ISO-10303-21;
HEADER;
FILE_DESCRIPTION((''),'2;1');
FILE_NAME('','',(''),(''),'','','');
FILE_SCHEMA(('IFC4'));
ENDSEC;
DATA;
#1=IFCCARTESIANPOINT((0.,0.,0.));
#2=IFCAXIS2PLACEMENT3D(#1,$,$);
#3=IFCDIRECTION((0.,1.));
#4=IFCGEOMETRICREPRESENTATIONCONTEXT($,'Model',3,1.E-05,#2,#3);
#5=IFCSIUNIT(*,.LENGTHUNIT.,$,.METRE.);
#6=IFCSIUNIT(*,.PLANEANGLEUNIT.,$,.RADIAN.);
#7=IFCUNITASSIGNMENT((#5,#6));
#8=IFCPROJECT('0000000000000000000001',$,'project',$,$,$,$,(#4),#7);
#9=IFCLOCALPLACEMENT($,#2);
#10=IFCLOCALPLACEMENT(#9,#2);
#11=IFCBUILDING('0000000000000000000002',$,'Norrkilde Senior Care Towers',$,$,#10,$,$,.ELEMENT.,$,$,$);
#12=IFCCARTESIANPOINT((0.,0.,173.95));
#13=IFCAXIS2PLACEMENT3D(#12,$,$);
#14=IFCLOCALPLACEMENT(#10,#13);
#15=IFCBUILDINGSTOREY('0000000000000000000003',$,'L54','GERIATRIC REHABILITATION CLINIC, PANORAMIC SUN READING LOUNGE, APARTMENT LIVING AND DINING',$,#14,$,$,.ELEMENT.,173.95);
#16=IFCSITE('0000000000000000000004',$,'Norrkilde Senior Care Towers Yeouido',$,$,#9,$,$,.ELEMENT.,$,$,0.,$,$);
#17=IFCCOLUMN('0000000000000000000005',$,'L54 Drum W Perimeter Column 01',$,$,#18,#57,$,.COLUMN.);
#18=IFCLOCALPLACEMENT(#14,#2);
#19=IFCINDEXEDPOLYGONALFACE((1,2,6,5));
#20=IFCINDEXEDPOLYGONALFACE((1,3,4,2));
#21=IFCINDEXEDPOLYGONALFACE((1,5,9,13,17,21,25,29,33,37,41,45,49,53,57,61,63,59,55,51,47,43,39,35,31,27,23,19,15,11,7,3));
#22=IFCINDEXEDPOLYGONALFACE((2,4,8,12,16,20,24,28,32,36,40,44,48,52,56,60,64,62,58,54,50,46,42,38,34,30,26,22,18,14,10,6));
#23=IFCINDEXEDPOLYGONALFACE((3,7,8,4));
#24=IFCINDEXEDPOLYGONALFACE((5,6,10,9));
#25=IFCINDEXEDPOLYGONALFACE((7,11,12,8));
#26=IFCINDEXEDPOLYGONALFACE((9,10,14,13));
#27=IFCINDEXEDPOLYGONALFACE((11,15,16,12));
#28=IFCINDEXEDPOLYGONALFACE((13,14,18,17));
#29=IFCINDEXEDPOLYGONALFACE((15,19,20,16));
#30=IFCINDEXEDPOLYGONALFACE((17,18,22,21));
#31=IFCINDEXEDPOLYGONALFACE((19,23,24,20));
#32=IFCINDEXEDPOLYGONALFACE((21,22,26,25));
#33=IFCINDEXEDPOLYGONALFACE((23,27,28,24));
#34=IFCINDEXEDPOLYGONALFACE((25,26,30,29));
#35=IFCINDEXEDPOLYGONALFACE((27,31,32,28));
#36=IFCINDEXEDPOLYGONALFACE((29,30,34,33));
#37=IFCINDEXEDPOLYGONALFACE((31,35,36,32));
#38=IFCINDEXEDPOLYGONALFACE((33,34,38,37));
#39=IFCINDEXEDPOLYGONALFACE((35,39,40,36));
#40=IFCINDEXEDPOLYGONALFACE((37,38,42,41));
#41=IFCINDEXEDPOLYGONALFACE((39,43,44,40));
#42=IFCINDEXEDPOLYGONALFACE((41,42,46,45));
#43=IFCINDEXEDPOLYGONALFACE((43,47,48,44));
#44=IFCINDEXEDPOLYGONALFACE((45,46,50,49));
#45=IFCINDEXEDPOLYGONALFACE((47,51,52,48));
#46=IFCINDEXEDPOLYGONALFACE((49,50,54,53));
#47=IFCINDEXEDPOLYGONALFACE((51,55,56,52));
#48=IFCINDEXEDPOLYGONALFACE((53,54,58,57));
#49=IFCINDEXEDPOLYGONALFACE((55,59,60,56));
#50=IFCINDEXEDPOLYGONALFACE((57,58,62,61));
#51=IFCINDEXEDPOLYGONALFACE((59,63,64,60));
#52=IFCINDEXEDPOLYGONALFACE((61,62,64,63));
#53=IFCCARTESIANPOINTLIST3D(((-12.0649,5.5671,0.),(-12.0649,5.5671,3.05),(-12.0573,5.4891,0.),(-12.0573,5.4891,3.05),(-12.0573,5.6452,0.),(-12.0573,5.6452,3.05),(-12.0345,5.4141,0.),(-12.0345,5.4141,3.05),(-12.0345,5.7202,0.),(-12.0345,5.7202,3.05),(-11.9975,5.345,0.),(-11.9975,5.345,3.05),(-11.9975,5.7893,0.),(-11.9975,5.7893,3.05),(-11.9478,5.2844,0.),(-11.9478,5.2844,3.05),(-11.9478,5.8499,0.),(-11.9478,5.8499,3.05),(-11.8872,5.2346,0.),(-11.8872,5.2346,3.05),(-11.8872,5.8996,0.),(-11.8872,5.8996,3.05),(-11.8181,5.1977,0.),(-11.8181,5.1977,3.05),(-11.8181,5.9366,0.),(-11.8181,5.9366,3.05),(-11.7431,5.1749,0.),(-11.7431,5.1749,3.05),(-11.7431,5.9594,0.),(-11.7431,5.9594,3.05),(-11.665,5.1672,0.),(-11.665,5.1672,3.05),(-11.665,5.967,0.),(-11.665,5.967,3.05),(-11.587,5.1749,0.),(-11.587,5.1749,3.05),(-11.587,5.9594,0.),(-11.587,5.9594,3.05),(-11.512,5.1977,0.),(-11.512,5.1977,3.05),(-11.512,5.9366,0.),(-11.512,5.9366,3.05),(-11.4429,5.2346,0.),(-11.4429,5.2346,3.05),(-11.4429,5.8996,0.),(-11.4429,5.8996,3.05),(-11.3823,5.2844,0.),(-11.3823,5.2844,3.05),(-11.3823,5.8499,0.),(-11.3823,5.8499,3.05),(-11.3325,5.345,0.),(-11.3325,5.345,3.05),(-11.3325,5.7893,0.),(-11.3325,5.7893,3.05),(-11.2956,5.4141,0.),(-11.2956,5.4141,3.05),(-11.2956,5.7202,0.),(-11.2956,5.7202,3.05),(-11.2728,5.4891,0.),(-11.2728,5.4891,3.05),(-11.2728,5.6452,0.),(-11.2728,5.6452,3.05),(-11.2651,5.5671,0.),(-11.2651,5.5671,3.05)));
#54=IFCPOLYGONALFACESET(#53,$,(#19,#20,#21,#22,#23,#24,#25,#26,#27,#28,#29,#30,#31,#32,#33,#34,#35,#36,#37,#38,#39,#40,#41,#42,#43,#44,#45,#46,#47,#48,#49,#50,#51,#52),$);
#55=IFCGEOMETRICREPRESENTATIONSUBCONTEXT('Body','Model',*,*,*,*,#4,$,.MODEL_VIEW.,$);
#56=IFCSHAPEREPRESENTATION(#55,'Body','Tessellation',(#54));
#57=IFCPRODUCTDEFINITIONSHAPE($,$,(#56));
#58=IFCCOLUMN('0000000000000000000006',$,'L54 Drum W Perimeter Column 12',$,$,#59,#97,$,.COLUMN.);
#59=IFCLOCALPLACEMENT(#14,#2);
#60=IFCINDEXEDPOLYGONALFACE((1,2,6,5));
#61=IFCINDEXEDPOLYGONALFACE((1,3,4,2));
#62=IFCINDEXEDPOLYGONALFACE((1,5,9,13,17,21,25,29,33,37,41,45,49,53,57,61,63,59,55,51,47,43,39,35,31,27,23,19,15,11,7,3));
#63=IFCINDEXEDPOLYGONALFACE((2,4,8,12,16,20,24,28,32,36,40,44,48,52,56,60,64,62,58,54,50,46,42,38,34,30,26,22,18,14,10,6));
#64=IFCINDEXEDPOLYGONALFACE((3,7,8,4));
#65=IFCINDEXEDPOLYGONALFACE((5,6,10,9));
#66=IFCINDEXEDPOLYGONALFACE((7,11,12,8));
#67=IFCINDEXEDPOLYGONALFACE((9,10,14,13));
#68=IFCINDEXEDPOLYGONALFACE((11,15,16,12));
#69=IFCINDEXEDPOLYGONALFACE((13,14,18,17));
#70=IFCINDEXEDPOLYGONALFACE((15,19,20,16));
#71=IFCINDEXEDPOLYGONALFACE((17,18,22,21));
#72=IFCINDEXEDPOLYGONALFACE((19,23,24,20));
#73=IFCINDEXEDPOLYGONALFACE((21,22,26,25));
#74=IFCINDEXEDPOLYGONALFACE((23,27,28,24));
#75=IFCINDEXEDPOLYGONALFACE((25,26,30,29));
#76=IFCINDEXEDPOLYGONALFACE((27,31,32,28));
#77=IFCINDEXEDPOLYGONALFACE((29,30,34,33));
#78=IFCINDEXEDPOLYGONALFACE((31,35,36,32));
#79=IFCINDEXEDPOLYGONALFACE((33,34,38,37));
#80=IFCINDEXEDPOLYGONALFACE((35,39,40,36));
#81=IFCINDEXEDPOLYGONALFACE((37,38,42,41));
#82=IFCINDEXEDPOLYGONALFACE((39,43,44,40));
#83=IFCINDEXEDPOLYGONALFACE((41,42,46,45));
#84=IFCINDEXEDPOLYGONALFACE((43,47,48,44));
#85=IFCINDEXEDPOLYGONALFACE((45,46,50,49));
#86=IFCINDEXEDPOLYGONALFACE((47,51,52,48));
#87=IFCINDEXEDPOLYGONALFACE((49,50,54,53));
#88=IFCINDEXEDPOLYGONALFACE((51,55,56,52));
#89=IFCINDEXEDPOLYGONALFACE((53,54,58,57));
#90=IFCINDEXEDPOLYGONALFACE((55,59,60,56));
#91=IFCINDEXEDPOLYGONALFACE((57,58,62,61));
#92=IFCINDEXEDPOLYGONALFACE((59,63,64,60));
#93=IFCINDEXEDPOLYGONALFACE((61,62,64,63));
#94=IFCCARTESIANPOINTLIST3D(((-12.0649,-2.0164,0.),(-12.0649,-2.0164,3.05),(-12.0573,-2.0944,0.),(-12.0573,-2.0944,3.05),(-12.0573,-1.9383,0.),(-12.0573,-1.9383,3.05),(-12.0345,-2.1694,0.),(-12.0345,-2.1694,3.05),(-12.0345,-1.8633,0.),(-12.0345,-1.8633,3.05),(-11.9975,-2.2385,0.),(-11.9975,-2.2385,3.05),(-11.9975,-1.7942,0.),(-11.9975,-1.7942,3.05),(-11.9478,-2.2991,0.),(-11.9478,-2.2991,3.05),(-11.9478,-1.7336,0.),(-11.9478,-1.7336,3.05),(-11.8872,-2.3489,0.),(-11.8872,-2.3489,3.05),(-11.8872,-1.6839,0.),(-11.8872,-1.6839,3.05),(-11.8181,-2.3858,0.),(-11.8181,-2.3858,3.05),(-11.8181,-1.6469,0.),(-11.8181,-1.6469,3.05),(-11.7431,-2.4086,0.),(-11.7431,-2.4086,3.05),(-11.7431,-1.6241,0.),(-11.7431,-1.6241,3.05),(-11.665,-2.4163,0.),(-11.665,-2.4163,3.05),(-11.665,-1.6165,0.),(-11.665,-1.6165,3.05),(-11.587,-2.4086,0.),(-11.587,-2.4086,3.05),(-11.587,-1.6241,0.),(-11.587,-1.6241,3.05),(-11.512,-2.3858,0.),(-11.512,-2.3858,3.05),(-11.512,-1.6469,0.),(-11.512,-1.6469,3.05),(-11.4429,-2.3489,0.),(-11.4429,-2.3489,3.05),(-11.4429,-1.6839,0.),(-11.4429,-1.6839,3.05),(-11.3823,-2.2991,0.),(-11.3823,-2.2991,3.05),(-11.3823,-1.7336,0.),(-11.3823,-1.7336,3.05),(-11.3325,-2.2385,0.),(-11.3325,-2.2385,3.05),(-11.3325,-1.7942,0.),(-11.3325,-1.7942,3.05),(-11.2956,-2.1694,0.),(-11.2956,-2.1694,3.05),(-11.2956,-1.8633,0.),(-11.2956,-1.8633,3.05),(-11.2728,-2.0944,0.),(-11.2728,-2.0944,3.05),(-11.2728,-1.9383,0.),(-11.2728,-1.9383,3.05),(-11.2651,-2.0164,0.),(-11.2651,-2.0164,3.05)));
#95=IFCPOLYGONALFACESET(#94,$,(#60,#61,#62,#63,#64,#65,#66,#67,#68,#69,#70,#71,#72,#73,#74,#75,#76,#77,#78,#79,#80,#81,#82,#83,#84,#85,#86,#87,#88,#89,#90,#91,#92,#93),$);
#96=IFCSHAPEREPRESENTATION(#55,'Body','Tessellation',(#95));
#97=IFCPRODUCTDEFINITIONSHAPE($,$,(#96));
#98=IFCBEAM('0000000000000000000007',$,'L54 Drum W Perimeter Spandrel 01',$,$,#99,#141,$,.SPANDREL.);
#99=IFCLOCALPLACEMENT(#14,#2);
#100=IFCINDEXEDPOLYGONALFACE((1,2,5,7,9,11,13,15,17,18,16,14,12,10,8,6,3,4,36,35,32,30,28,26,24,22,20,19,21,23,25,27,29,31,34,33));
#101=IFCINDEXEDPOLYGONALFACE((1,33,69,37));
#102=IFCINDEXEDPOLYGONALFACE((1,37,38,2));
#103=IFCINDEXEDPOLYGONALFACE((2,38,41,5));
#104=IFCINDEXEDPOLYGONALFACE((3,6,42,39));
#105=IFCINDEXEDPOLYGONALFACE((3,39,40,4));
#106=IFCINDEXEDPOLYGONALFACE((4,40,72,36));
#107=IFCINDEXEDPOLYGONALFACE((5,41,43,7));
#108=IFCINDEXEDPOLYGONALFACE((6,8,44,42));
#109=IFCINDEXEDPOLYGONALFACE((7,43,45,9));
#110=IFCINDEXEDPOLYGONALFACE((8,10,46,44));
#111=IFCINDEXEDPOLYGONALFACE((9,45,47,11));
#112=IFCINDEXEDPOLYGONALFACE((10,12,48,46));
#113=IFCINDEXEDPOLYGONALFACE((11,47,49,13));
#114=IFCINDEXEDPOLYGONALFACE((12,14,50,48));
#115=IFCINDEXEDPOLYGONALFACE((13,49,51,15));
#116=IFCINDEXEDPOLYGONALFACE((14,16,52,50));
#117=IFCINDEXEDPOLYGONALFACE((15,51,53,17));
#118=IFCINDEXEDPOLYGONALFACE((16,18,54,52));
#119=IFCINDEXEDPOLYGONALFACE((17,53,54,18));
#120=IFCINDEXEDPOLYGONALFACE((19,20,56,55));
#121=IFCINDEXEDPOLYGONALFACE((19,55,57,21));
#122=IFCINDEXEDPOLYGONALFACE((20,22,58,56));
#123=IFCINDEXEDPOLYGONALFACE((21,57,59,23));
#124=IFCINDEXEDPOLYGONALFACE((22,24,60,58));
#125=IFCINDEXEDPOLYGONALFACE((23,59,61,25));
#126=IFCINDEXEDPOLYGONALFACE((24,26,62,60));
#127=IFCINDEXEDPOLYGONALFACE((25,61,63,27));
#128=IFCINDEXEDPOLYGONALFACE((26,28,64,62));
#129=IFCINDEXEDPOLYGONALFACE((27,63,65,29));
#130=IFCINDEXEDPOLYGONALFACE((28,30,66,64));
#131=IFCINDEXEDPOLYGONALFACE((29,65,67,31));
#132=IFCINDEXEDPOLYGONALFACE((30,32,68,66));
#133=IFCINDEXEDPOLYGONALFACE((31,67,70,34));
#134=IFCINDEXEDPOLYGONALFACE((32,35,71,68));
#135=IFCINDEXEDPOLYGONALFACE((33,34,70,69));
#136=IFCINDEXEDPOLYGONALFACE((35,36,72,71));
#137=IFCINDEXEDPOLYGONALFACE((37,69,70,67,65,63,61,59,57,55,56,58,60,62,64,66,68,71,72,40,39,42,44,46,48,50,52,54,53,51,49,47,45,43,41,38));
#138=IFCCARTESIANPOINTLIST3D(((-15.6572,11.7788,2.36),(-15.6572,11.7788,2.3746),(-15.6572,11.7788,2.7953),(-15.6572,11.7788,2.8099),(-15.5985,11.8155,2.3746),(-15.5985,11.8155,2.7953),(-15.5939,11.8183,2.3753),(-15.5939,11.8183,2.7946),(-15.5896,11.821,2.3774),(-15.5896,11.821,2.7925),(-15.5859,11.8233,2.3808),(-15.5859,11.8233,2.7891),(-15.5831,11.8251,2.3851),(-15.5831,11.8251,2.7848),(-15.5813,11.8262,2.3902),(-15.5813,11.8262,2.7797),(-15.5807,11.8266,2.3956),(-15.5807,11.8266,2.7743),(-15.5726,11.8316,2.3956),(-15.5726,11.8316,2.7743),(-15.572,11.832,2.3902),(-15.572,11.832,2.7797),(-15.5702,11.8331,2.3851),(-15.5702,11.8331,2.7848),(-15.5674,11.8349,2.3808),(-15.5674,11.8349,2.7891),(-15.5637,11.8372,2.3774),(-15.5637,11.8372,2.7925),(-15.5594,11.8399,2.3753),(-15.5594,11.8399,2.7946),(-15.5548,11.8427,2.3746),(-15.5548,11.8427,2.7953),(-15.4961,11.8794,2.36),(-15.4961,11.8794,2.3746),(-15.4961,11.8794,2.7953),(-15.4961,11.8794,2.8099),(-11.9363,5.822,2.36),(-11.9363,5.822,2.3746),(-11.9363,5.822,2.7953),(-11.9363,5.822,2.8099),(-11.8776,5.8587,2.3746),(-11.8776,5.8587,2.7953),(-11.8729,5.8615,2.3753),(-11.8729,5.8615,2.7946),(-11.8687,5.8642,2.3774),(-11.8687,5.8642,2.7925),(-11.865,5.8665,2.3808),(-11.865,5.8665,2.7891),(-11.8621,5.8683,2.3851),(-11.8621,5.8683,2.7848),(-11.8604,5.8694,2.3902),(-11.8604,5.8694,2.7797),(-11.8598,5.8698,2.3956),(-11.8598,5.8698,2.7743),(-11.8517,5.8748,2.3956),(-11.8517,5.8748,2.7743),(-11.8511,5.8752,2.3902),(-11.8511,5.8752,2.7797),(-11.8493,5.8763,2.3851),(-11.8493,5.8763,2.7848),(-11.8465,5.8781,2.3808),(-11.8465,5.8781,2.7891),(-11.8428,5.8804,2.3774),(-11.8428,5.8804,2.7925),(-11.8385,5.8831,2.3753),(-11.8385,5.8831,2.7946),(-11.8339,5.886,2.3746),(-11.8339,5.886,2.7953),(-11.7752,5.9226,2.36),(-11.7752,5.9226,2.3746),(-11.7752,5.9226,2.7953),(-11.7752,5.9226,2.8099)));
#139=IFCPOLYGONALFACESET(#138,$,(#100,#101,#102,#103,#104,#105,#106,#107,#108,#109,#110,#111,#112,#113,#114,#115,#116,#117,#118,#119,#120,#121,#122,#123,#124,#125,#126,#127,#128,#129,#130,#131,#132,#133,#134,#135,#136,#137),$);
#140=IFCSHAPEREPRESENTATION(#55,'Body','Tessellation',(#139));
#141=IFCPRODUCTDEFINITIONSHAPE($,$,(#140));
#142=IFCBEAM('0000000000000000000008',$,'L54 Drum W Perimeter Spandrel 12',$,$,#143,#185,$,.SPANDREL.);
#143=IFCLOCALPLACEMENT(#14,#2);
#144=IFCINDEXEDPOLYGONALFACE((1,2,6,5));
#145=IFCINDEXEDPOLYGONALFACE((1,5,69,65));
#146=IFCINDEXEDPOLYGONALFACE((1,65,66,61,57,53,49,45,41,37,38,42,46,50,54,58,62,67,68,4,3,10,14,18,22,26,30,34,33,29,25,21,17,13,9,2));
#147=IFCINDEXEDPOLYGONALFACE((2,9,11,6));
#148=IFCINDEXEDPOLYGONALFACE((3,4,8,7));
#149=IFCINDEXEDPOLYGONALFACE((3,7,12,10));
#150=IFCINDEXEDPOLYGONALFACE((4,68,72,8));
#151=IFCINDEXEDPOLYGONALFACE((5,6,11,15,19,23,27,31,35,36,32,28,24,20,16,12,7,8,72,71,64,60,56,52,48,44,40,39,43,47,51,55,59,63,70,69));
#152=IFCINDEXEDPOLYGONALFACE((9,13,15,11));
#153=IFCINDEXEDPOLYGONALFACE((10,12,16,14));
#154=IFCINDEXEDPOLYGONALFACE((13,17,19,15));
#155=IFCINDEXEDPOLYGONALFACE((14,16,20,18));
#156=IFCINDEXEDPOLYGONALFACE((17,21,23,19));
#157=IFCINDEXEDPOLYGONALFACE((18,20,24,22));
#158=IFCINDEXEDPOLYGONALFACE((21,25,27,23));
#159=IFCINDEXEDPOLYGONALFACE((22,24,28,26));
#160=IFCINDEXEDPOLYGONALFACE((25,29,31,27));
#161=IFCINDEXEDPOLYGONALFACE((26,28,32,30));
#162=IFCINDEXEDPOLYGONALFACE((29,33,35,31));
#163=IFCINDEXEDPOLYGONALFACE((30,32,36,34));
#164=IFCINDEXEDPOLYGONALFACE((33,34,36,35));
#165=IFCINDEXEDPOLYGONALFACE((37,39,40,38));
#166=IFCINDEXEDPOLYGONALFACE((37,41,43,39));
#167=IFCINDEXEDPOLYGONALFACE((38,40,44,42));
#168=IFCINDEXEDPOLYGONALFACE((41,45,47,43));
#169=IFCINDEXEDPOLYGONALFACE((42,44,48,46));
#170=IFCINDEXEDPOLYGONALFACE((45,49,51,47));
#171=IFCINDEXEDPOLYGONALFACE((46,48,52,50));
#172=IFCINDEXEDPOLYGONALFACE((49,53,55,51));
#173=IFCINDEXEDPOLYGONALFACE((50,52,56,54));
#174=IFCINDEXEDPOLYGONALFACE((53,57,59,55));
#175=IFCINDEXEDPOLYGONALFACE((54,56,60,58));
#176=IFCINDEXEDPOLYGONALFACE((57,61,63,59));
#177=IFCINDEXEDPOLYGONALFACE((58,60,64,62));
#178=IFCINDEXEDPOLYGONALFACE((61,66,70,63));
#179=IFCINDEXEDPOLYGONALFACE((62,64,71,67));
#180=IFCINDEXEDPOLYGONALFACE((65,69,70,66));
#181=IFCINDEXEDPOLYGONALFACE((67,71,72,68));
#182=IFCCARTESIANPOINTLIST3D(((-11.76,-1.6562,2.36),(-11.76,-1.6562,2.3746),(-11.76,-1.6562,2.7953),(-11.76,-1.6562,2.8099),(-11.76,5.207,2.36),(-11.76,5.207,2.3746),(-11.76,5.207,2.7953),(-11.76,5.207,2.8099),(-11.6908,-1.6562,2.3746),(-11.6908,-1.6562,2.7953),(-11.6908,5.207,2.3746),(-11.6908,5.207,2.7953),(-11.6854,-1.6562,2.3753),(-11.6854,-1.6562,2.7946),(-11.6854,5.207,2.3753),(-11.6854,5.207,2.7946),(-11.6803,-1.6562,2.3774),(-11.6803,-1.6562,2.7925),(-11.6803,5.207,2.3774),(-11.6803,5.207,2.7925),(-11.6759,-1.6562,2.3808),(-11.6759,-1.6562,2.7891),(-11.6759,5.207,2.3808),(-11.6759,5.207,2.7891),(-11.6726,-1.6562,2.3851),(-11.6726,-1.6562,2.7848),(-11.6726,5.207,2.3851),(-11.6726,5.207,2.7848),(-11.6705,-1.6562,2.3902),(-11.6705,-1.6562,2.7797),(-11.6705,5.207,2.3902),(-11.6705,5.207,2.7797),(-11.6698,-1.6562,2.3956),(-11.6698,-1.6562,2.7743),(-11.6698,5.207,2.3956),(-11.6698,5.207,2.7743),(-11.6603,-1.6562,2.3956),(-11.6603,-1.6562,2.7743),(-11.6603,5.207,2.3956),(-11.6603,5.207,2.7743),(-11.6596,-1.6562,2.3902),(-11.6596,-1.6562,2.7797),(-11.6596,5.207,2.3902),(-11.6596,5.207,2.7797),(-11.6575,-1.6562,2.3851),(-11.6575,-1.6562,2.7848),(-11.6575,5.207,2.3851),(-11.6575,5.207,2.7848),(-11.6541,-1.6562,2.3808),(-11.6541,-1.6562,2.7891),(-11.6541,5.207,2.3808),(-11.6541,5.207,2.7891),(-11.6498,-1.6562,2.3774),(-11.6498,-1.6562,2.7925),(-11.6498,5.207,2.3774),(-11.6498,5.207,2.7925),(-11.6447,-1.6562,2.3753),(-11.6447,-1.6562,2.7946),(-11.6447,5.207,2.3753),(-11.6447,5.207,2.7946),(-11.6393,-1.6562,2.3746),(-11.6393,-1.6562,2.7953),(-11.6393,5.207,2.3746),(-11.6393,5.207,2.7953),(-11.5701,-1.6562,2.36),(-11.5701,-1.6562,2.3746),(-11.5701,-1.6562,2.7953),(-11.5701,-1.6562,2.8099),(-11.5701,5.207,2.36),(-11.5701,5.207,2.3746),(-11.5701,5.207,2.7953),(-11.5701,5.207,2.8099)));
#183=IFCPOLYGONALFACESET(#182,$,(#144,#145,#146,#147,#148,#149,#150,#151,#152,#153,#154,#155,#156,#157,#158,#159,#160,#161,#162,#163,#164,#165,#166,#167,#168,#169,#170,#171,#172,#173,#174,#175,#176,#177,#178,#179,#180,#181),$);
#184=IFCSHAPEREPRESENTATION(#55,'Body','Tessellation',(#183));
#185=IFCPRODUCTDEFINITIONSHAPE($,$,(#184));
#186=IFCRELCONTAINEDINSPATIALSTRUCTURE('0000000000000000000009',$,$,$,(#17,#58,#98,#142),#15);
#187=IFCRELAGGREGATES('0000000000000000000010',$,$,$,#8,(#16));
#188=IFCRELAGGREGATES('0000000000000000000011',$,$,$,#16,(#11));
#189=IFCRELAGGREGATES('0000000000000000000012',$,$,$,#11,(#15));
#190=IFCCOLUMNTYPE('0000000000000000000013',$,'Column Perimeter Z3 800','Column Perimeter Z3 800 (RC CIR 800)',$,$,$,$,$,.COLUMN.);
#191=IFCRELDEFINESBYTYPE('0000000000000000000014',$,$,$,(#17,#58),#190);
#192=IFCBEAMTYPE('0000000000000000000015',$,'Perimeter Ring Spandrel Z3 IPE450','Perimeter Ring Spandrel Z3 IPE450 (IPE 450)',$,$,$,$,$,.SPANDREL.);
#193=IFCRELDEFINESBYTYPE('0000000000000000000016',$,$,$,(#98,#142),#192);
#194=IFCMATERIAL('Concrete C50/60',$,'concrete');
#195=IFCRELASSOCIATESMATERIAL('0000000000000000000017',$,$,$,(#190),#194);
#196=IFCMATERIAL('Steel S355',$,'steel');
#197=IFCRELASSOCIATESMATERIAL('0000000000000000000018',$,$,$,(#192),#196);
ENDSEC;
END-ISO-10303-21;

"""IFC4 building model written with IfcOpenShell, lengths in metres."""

from ifc_helpers import new_model, si_unit, direction, frame, origin, origin_2d, place, context, subcontext, project, spatial, circle, i_section, extrude, source, transform, mapped, material, material_profile, profile_set, type_object, type_shapes, element, save


model = new_model("IFC4")

# Units and contexts
model_context = context("Model", 3, precision=1e-05, world=origin(), true_north=direction((0.0, 1.0)))
body_context = subcontext(model_context, "Body", "Model", "MODEL_VIEW")
ifc_project = project(units=[si_unit("LENGTHUNIT", "METRE"), si_unit("PLANEANGLEUNIT", "RADIAN")], contexts=[model_context])

# Site, building, storey
site_placement = place(None, origin())
site = spatial("IfcSite", under=ifc_project, at=site_placement, Name="Norrkilde Senior Care Towers Yeouido", CompositionType="ELEMENT", RefElevation=0.0)
building_placement = place(site_placement, origin())
building = spatial("IfcBuilding", under=site, at=building_placement, Name="Norrkilde Senior Care Towers", CompositionType="ELEMENT")
storey_placement = place(building_placement, frame((0.0, 0.0, 173.95)))
storey = spatial("IfcBuildingStorey", under=building, at=storey_placement, Name="L54", Description="GERIATRIC REHABILITATION CLINIC, PANORAMIC SUN READING LOUNGE, APARTMENT LIVING AND DINING", CompositionType="ELEMENT", Elevation=173.95)

# Columns
ifc_material_1 = material(Name="Concrete C50/60", Category="concrete")
ifc_material_profile_1 = material_profile(ifc_material_1, circle(Radius=0.3999, at=origin_2d()), Name="RC CIR 800")
ifc_profile_set_1 = profile_set([ifc_material_profile_1], Name="Concrete C50/60")
column_type = type_object("IfcColumnType", Name="Column Perimeter Z3 800", Description="Column Perimeter Z3 800 (RC CIR 800)", PredefinedType="COLUMN", material=ifc_profile_set_1)
shared_shape_1 = source(origin(), body_context, "Body", "SweptSolid", [
    extrude(circle(Radius=0.3999, at=origin_2d()), origin(), (0.0, 0.0, 1.0), 3.05),
])
type_shapes(column_type, [shared_shape_1])
for number, where, z_axis, x_axis, name in (
    (1, (-11.665, 5.5671, 0.0), (0.0, 0.0, 1.0), (1.0, 0.0, 0.0), "L54 Drum W Perimeter Column 01"),
    (2, (-11.665, -2.0164, 0.0), (0.0, 0.0, 1.0), (1.0, 0.0, 0.0), "L54 Drum W Perimeter Column 12"),
):
    element("IfcColumn", number, at=place(storey_placement, frame(where, z_axis=z_axis, x_axis=x_axis)), inside=storey, type_object=column_type, Name=name, PredefinedType="COLUMN", context=body_context, shape_type="MappedRepresentation", body=[
        mapped(shared_shape_1, transform((0.0, 0.0, 0.0), x_axis=(1.0, 0.0, 0.0), y_axis=(0.0, 1.0, 0.0), z_axis=(0.0, 0.0, 1.0), scale=1.0)),
    ])

# Beams
ifc_material_2 = material(Name="Steel S355", Category="steel")
ifc_material_profile_2 = material_profile(ifc_material_2, i_section(OverallWidth=0.1899, OverallDepth=0.45, WebThickness=0.0095, FlangeThickness=0.0146, FilletRadius=0.021, at=origin_2d()), Name="IPE 450")
ifc_profile_set_2 = profile_set([ifc_material_profile_2], Name="Steel S355")
beam_type = type_object("IfcBeamType", Name="Perimeter Ring Spandrel Z3 IPE450", Description="Perimeter Ring Spandrel Z3 IPE450 (IPE 450)", PredefinedType="SPANDREL", material=ifc_profile_set_2)
shared_shape_2 = source(origin(), body_context, "Body", "SweptSolid", [
    extrude(i_section(OverallWidth=0.1899, OverallDepth=0.45, WebThickness=0.0095, FlangeThickness=0.0146, FilletRadius=0.021, at=origin_2d()), origin(), (0.0, 0.0, 1.0), 7.0234),
])
beam_1_placement = place(storey_placement, frame((-11.8557, 5.8723, 2.585), z_axis=(-0.52979, 0.848129, 0.0), x_axis=(-0.848129, -0.52979, 0.0)))
element("IfcBeam", 3, at=beam_1_placement, inside=storey, type_object=beam_type, Name="L54 Drum W Perimeter Spandrel 01", PredefinedType="SPANDREL", context=body_context, shape_type="MappedRepresentation", body=[
    mapped(shared_shape_2, transform((0.0, 0.0, 0.0), x_axis=(1.0, 0.0, 0.0), y_axis=(0.0, 1.0, 0.0), z_axis=(0.0, 0.0, 1.0), scale=1.0)),
])
shared_shape_3 = source(origin(), body_context, "Body", "SweptSolid", [
    extrude(i_section(OverallWidth=0.1899, OverallDepth=0.45, WebThickness=0.0095, FlangeThickness=0.0146, FilletRadius=0.021, at=origin_2d()), origin(), (0.0, 0.0, 1.0), 6.8633),
])
type_shapes(beam_type, [shared_shape_2, shared_shape_3])
beam_2_placement = place(storey_placement, frame((-11.665, -1.6562, 2.585), z_axis=(0.0, 1.0, 0.0), x_axis=(-1.0, 0.0, 0.0)))
element("IfcBeam", 4, at=beam_2_placement, inside=storey, type_object=beam_type, Name="L54 Drum W Perimeter Spandrel 12", PredefinedType="SPANDREL", context=body_context, shape_type="MappedRepresentation", body=[
    mapped(shared_shape_3, transform((0.0, 0.0, 0.0), x_axis=(1.0, 0.0, 0.0), y_axis=(0.0, 1.0, 0.0), z_axis=(0.0, 0.0, 1.0), scale=1.0)),
])

save(model, "model.ifc")
